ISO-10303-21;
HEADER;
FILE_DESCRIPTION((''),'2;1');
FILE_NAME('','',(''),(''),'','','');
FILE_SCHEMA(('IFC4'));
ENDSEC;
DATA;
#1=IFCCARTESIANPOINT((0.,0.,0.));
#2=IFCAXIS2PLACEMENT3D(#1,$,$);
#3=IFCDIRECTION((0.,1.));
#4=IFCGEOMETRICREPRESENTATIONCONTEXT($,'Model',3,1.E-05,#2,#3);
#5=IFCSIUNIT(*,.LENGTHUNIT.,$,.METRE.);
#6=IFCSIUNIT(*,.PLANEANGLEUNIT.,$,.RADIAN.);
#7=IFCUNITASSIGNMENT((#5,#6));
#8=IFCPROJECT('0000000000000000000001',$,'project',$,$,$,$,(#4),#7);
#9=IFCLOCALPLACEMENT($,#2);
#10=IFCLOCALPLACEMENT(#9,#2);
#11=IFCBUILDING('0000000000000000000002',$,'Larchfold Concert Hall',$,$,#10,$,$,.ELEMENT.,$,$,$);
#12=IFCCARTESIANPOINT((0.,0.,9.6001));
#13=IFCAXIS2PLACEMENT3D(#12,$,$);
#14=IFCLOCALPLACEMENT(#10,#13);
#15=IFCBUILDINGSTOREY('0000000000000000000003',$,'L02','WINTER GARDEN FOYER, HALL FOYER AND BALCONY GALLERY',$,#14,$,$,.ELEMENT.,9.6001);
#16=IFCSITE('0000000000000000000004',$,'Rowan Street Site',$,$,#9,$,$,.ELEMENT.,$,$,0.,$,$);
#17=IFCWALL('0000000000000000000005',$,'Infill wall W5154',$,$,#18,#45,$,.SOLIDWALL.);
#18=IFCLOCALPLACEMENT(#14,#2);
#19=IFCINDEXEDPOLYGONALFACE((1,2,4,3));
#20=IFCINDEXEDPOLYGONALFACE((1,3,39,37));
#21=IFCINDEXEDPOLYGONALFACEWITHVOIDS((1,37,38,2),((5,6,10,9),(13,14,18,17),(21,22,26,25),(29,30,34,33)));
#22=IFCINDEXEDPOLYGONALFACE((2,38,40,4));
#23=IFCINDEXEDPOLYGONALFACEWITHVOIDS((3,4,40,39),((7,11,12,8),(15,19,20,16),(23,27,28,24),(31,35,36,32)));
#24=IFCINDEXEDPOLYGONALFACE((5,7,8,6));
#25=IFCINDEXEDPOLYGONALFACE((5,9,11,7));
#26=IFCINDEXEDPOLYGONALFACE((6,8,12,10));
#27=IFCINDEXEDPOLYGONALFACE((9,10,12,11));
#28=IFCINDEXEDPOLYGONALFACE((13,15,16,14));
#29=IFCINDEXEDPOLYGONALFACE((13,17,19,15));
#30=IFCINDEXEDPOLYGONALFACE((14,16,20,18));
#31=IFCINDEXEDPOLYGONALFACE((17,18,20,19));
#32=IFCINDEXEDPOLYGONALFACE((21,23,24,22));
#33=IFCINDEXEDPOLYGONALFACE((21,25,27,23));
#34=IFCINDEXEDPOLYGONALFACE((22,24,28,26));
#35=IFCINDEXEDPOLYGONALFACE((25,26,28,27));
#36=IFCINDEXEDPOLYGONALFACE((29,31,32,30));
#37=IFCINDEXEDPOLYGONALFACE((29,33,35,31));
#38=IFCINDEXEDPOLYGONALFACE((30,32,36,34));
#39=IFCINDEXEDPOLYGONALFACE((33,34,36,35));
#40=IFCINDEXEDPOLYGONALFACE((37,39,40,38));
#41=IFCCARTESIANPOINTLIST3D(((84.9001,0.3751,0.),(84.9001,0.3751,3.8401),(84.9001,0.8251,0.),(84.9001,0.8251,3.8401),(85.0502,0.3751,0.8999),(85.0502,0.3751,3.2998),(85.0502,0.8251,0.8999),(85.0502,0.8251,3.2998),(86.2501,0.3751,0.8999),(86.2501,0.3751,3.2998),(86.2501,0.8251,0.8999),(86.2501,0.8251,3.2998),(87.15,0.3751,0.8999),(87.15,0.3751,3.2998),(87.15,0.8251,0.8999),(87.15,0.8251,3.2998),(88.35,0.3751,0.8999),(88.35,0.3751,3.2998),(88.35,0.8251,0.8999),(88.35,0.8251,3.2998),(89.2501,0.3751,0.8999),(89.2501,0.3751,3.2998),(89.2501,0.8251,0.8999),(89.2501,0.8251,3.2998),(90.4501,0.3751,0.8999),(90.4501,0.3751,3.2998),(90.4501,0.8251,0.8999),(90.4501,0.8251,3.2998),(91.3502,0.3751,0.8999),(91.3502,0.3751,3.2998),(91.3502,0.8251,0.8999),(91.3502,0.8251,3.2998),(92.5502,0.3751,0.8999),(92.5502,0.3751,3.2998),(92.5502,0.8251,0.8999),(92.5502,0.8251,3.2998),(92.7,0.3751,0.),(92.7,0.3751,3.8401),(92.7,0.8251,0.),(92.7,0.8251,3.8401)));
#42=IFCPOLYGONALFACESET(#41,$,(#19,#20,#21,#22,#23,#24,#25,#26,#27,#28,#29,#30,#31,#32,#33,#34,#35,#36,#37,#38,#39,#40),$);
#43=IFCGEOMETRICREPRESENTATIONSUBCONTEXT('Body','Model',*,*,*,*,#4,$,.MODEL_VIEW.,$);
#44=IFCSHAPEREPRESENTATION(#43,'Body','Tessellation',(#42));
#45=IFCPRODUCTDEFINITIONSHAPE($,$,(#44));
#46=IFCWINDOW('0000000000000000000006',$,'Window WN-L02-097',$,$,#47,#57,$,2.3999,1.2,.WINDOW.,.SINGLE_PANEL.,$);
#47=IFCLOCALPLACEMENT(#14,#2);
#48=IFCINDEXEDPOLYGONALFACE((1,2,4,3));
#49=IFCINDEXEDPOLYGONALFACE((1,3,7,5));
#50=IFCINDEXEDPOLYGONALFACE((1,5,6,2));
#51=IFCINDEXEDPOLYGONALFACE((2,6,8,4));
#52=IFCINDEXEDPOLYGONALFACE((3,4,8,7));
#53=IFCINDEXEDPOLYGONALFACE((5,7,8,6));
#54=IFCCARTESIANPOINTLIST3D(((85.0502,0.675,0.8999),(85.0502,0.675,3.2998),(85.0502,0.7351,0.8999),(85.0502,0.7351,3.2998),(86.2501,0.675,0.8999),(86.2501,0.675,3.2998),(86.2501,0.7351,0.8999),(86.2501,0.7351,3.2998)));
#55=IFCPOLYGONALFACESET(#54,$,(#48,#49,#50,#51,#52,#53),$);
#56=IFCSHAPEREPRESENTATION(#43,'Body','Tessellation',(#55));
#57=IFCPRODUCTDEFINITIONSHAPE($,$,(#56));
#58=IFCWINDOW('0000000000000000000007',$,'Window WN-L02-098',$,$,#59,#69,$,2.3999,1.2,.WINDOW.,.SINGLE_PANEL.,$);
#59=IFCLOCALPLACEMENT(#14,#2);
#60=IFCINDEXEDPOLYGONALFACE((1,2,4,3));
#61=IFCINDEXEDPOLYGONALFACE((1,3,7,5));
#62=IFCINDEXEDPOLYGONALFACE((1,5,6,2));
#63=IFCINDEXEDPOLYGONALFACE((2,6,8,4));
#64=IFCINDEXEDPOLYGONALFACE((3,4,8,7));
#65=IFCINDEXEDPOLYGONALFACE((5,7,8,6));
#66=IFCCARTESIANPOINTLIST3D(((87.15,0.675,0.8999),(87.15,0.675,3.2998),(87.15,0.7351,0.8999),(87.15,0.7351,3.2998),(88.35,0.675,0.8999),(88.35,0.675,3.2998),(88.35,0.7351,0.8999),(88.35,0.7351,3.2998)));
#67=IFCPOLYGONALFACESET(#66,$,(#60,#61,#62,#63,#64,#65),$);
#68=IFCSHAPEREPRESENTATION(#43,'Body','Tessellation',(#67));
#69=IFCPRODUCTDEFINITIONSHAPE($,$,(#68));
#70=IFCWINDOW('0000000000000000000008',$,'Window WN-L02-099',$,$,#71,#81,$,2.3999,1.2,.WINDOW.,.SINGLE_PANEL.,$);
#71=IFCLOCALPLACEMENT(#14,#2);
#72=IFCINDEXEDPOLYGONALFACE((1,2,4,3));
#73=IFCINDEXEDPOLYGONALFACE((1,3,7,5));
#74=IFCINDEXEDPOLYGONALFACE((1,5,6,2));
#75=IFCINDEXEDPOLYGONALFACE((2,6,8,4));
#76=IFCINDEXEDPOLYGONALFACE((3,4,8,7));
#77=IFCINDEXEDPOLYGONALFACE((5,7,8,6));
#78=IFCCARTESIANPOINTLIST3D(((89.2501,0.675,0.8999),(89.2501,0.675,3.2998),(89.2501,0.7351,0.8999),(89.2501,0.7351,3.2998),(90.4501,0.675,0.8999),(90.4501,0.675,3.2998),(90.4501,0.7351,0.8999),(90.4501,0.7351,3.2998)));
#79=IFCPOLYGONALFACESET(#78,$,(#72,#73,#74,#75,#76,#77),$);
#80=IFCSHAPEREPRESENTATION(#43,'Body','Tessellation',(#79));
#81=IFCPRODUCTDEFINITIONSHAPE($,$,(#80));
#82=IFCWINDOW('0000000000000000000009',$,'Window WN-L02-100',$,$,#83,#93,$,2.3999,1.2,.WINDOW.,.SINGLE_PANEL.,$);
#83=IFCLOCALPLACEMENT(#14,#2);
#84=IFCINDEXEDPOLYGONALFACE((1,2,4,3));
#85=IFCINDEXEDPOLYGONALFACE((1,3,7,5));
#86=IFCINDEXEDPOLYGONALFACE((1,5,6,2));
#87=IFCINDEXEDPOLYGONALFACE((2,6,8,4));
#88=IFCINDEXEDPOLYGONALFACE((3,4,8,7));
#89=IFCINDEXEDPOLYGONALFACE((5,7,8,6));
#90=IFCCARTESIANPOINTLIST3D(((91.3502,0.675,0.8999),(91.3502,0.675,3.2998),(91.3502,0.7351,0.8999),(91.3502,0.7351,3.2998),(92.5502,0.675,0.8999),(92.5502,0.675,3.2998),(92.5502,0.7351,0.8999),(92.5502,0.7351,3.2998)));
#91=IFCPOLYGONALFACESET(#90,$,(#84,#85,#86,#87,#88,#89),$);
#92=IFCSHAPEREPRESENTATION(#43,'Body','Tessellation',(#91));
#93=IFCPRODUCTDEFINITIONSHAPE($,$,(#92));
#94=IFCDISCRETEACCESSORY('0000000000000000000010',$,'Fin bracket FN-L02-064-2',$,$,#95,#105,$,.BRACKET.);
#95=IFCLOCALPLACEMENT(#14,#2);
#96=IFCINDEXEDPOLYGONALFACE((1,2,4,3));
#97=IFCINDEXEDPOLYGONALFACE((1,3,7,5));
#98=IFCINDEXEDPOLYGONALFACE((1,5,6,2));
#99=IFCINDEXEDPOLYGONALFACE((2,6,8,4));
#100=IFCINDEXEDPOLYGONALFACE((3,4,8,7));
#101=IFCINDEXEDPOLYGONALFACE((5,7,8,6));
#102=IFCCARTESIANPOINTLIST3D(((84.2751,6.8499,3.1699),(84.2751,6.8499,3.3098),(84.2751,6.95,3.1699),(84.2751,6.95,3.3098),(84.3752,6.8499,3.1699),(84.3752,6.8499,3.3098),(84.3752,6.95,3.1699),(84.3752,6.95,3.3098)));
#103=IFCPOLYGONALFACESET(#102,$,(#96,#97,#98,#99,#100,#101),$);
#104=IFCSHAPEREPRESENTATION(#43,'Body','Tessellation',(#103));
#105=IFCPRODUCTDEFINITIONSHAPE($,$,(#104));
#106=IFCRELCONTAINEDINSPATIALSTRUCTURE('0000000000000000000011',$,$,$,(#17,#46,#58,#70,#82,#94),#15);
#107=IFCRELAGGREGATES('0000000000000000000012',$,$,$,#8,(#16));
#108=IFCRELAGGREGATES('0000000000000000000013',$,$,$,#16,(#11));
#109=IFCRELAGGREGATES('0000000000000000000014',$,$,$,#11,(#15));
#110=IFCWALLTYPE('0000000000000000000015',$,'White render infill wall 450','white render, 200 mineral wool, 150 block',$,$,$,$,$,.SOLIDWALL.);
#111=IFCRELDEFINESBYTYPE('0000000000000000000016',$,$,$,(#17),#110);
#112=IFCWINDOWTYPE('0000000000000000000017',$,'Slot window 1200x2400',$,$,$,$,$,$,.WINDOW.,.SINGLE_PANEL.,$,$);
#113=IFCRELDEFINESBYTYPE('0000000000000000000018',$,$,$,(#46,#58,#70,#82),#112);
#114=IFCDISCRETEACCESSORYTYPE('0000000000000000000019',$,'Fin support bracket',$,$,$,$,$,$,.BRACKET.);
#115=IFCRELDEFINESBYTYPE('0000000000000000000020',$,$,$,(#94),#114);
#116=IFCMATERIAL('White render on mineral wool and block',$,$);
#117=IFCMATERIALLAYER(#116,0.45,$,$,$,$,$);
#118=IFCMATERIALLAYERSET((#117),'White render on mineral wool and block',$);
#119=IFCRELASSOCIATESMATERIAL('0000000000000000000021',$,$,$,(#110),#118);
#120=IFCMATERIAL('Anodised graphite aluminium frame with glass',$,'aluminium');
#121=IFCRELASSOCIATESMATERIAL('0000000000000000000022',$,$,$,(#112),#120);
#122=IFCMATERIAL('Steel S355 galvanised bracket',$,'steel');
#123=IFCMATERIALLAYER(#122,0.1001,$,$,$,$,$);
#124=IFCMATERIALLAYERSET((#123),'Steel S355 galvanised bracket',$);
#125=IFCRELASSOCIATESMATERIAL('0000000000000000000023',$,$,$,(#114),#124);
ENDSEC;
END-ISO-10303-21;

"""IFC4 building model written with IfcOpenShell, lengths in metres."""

from ifc_helpers import new_model, si_unit, direction, frame, frame_2d, origin, origin_2d, place, context, subcontext, project, spatial, rectangle, extrude, material, layer, layer_set, type_object, element, fill, save


model = new_model("IFC4")

# Units and contexts
model_context = context("Model", 3, precision=1e-05, world=origin(), true_north=direction((0.0, 1.0)))
body_context = subcontext(model_context, "Body", "Model", "MODEL_VIEW")
ifc_project = project(units=[si_unit("LENGTHUNIT", "METRE"), si_unit("PLANEANGLEUNIT", "RADIAN")], contexts=[model_context])

# Site, building, storey
site_placement = place(None, origin())
site = spatial("IfcSite", under=ifc_project, at=site_placement, Name="Rowan Street Site", CompositionType="ELEMENT", RefElevation=0.0)
building_placement = place(site_placement, origin())
building = spatial("IfcBuilding", under=site, at=building_placement, Name="Larchfold Concert Hall", CompositionType="ELEMENT")
storey_placement = place(building_placement, frame((0.0, 0.0, 9.6001)))
storey = spatial("IfcBuildingStorey", under=building, at=storey_placement, Name="L02", Description="WINTER GARDEN FOYER, HALL FOYER AND BALCONY GALLERY", CompositionType="ELEMENT", Elevation=9.6001)

# Wall, openings, windows
ifc_material_1 = material(Name="White render on mineral wool and block")
ifc_layer_1 = layer(ifc_material_1, 0.45)
ifc_layer_set_1 = layer_set([ifc_layer_1], Name="White render on mineral wool and block")
wall_type_1 = type_object("IfcWallType", Name="White render infill wall 450", Description="white render, 200 mineral wool, 150 block", PredefinedType="SOLIDWALL", material=ifc_layer_set_1)
ifc_material_2 = material(Name="Anodised graphite aluminium frame with glass", Category="aluminium")
window_type = type_object("IfcWindowType", Name="Slot window 1200x2400", PartitioningType="SINGLE_PANEL", PredefinedType="WINDOW", material=ifc_material_2)
wall_1_placement = place(storey_placement, frame((84.9001, 0.6001, 0.0), z_axis=(0.0, 0.0, 1.0), x_axis=(1.0, 0.0, 0.0)))
wall_1 = element("IfcWall", 1, at=wall_1_placement, inside=storey, type_object=wall_type_1, Name="Infill wall W5154", PredefinedType="SOLIDWALL", context=body_context, shape_type="SweptSolid", body=[
    extrude(rectangle(XDim=7.7998, YDim=0.45, at=frame_2d((3.8999, 0.0))), origin(), (0.0, 0.0, 1.0), 3.8401),
])
opening_1_placement = place(wall_1_placement, frame((0.1499, 0.0, 0.8999)))
opening_1 = element("IfcOpeningElement", 2, at=opening_1_placement, cuts=wall_1, PredefinedType="OPENING", context=body_context, shape_type="SweptSolid", body=[
    extrude(rectangle(XDim=1.2, YDim=2.3999, at=frame_2d((0.6001, 1.2))), frame((0.0, 0.2349, 0.0), z_axis=(0.0, -1.0, 0.0), x_axis=(1.0, 0.0, 0.0)), (0.0, 0.0, 1.0), 0.47),
])
opening_2_placement = place(wall_1_placement, frame((2.2498, 0.0, 0.8999)))
opening_2 = element("IfcOpeningElement", 3, at=opening_2_placement, cuts=wall_1, PredefinedType="OPENING", context=body_context, shape_type="SweptSolid", body=[
    extrude(rectangle(XDim=1.2, YDim=2.3999, at=frame_2d((0.6001, 1.2))), frame((0.0, 0.2349, 0.0), z_axis=(0.0, -1.0, 0.0), x_axis=(1.0, 0.0, 0.0)), (0.0, 0.0, 1.0), 0.47),
])
opening_3_placement = place(wall_1_placement, frame((4.3499, 0.0, 0.8999)))
opening_3 = element("IfcOpeningElement", 4, at=opening_3_placement, cuts=wall_1, PredefinedType="OPENING", context=body_context, shape_type="SweptSolid", body=[
    extrude(rectangle(XDim=1.2, YDim=2.3999, at=frame_2d((0.6001, 1.2))), frame((0.0, 0.2349, 0.0), z_axis=(0.0, -1.0, 0.0), x_axis=(1.0, 0.0, 0.0)), (0.0, 0.0, 1.0), 0.47),
])
opening_4_placement = place(wall_1_placement, frame((6.45, 0.0, 0.8999)))
opening_4 = element("IfcOpeningElement", 5, at=opening_4_placement, cuts=wall_1, PredefinedType="OPENING", context=body_context, shape_type="SweptSolid", body=[
    extrude(rectangle(XDim=1.2, YDim=2.3999, at=frame_2d((0.6001, 1.2))), frame((0.0, 0.2349, 0.0), z_axis=(0.0, -1.0, 0.0), x_axis=(1.0, 0.0, 0.0)), (0.0, 0.0, 1.0), 0.47),
])
window_1_placement = place(opening_1_placement, origin())
window_1 = element("IfcWindow", 6, at=window_1_placement, inside=storey, type_object=window_type, Name="Window WN-L02-097", OverallHeight=2.3999, OverallWidth=1.2, PartitioningType="SINGLE_PANEL", PredefinedType="WINDOW", context=body_context, shape_type="SweptSolid", body=[
    extrude(rectangle(XDim=1.2, YDim=2.3999, at=frame_2d((0.6001, 1.2))), frame((0.0, 0.135, 0.0), z_axis=(0.0, -1.0, 0.0), x_axis=(1.0, 0.0, 0.0)), (0.0, 0.0, 1.0), 0.0601),
])
fill(opening_1, window_1)
window_2_placement = place(opening_2_placement, origin())
window_2 = element("IfcWindow", 7, at=window_2_placement, inside=storey, type_object=window_type, Name="Window WN-L02-098", OverallHeight=2.3999, OverallWidth=1.2, PartitioningType="SINGLE_PANEL", PredefinedType="WINDOW", context=body_context, shape_type="SweptSolid", body=[
    extrude(rectangle(XDim=1.2, YDim=2.3999, at=frame_2d((0.6001, 1.2))), frame((0.0, 0.135, 0.0), z_axis=(0.0, -1.0, 0.0), x_axis=(1.0, 0.0, 0.0)), (0.0, 0.0, 1.0), 0.0601),
])
fill(opening_2, window_2)
window_3_placement = place(opening_3_placement, origin())
window_3 = element("IfcWindow", 8, at=window_3_placement, inside=storey, type_object=window_type, Name="Window WN-L02-099", OverallHeight=2.3999, OverallWidth=1.2, PartitioningType="SINGLE_PANEL", PredefinedType="WINDOW", context=body_context, shape_type="SweptSolid", body=[
    extrude(rectangle(XDim=1.2, YDim=2.3999, at=frame_2d((0.6001, 1.2))), frame((0.0, 0.135, 0.0), z_axis=(0.0, -1.0, 0.0), x_axis=(1.0, 0.0, 0.0)), (0.0, 0.0, 1.0), 0.0601),
])
fill(opening_3, window_3)
window_4_placement = place(opening_4_placement, origin())
window_4 = element("IfcWindow", 9, at=window_4_placement, inside=storey, type_object=window_type, Name="Window WN-L02-100", OverallHeight=2.3999, OverallWidth=1.2, PartitioningType="SINGLE_PANEL", PredefinedType="WINDOW", context=body_context, shape_type="SweptSolid", body=[
    extrude(rectangle(XDim=1.2, YDim=2.3999, at=frame_2d((0.6001, 1.2))), frame((0.0, 0.135, 0.0), z_axis=(0.0, -1.0, 0.0), x_axis=(1.0, 0.0, 0.0)), (0.0, 0.0, 1.0), 0.0601),
])
fill(opening_4, window_4)

# Discrete accessory
ifc_material_3 = material(Name="Steel S355 galvanised bracket", Category="steel")
ifc_layer_2 = layer(ifc_material_3, 0.1001)
ifc_layer_set_2 = layer_set([ifc_layer_2], Name="Steel S355 galvanised bracket")
discrete_accessory_type = type_object("IfcDiscreteAccessoryType", Name="Fin support bracket", PredefinedType="BRACKET", material=ifc_layer_set_2)
discrete_accessory_placement = place(storey_placement, frame((84.3252, 6.8999, 3.1699), z_axis=(0.0, 0.0, 1.0), x_axis=(-1.0, 0.0, 0.0)))
element("IfcDiscreteAccessory", 10, at=discrete_accessory_placement, inside=storey, type_object=discrete_accessory_type, Name="Fin bracket FN-L02-064-2", PredefinedType="BRACKET", context=body_context, shape_type="SweptSolid", body=[
    extrude(rectangle(XDim=0.1001, YDim=0.1001, at=origin_2d()), origin(), (0.0, 0.0, 1.0), 0.1399),
])

save(model, "model.ifc")
